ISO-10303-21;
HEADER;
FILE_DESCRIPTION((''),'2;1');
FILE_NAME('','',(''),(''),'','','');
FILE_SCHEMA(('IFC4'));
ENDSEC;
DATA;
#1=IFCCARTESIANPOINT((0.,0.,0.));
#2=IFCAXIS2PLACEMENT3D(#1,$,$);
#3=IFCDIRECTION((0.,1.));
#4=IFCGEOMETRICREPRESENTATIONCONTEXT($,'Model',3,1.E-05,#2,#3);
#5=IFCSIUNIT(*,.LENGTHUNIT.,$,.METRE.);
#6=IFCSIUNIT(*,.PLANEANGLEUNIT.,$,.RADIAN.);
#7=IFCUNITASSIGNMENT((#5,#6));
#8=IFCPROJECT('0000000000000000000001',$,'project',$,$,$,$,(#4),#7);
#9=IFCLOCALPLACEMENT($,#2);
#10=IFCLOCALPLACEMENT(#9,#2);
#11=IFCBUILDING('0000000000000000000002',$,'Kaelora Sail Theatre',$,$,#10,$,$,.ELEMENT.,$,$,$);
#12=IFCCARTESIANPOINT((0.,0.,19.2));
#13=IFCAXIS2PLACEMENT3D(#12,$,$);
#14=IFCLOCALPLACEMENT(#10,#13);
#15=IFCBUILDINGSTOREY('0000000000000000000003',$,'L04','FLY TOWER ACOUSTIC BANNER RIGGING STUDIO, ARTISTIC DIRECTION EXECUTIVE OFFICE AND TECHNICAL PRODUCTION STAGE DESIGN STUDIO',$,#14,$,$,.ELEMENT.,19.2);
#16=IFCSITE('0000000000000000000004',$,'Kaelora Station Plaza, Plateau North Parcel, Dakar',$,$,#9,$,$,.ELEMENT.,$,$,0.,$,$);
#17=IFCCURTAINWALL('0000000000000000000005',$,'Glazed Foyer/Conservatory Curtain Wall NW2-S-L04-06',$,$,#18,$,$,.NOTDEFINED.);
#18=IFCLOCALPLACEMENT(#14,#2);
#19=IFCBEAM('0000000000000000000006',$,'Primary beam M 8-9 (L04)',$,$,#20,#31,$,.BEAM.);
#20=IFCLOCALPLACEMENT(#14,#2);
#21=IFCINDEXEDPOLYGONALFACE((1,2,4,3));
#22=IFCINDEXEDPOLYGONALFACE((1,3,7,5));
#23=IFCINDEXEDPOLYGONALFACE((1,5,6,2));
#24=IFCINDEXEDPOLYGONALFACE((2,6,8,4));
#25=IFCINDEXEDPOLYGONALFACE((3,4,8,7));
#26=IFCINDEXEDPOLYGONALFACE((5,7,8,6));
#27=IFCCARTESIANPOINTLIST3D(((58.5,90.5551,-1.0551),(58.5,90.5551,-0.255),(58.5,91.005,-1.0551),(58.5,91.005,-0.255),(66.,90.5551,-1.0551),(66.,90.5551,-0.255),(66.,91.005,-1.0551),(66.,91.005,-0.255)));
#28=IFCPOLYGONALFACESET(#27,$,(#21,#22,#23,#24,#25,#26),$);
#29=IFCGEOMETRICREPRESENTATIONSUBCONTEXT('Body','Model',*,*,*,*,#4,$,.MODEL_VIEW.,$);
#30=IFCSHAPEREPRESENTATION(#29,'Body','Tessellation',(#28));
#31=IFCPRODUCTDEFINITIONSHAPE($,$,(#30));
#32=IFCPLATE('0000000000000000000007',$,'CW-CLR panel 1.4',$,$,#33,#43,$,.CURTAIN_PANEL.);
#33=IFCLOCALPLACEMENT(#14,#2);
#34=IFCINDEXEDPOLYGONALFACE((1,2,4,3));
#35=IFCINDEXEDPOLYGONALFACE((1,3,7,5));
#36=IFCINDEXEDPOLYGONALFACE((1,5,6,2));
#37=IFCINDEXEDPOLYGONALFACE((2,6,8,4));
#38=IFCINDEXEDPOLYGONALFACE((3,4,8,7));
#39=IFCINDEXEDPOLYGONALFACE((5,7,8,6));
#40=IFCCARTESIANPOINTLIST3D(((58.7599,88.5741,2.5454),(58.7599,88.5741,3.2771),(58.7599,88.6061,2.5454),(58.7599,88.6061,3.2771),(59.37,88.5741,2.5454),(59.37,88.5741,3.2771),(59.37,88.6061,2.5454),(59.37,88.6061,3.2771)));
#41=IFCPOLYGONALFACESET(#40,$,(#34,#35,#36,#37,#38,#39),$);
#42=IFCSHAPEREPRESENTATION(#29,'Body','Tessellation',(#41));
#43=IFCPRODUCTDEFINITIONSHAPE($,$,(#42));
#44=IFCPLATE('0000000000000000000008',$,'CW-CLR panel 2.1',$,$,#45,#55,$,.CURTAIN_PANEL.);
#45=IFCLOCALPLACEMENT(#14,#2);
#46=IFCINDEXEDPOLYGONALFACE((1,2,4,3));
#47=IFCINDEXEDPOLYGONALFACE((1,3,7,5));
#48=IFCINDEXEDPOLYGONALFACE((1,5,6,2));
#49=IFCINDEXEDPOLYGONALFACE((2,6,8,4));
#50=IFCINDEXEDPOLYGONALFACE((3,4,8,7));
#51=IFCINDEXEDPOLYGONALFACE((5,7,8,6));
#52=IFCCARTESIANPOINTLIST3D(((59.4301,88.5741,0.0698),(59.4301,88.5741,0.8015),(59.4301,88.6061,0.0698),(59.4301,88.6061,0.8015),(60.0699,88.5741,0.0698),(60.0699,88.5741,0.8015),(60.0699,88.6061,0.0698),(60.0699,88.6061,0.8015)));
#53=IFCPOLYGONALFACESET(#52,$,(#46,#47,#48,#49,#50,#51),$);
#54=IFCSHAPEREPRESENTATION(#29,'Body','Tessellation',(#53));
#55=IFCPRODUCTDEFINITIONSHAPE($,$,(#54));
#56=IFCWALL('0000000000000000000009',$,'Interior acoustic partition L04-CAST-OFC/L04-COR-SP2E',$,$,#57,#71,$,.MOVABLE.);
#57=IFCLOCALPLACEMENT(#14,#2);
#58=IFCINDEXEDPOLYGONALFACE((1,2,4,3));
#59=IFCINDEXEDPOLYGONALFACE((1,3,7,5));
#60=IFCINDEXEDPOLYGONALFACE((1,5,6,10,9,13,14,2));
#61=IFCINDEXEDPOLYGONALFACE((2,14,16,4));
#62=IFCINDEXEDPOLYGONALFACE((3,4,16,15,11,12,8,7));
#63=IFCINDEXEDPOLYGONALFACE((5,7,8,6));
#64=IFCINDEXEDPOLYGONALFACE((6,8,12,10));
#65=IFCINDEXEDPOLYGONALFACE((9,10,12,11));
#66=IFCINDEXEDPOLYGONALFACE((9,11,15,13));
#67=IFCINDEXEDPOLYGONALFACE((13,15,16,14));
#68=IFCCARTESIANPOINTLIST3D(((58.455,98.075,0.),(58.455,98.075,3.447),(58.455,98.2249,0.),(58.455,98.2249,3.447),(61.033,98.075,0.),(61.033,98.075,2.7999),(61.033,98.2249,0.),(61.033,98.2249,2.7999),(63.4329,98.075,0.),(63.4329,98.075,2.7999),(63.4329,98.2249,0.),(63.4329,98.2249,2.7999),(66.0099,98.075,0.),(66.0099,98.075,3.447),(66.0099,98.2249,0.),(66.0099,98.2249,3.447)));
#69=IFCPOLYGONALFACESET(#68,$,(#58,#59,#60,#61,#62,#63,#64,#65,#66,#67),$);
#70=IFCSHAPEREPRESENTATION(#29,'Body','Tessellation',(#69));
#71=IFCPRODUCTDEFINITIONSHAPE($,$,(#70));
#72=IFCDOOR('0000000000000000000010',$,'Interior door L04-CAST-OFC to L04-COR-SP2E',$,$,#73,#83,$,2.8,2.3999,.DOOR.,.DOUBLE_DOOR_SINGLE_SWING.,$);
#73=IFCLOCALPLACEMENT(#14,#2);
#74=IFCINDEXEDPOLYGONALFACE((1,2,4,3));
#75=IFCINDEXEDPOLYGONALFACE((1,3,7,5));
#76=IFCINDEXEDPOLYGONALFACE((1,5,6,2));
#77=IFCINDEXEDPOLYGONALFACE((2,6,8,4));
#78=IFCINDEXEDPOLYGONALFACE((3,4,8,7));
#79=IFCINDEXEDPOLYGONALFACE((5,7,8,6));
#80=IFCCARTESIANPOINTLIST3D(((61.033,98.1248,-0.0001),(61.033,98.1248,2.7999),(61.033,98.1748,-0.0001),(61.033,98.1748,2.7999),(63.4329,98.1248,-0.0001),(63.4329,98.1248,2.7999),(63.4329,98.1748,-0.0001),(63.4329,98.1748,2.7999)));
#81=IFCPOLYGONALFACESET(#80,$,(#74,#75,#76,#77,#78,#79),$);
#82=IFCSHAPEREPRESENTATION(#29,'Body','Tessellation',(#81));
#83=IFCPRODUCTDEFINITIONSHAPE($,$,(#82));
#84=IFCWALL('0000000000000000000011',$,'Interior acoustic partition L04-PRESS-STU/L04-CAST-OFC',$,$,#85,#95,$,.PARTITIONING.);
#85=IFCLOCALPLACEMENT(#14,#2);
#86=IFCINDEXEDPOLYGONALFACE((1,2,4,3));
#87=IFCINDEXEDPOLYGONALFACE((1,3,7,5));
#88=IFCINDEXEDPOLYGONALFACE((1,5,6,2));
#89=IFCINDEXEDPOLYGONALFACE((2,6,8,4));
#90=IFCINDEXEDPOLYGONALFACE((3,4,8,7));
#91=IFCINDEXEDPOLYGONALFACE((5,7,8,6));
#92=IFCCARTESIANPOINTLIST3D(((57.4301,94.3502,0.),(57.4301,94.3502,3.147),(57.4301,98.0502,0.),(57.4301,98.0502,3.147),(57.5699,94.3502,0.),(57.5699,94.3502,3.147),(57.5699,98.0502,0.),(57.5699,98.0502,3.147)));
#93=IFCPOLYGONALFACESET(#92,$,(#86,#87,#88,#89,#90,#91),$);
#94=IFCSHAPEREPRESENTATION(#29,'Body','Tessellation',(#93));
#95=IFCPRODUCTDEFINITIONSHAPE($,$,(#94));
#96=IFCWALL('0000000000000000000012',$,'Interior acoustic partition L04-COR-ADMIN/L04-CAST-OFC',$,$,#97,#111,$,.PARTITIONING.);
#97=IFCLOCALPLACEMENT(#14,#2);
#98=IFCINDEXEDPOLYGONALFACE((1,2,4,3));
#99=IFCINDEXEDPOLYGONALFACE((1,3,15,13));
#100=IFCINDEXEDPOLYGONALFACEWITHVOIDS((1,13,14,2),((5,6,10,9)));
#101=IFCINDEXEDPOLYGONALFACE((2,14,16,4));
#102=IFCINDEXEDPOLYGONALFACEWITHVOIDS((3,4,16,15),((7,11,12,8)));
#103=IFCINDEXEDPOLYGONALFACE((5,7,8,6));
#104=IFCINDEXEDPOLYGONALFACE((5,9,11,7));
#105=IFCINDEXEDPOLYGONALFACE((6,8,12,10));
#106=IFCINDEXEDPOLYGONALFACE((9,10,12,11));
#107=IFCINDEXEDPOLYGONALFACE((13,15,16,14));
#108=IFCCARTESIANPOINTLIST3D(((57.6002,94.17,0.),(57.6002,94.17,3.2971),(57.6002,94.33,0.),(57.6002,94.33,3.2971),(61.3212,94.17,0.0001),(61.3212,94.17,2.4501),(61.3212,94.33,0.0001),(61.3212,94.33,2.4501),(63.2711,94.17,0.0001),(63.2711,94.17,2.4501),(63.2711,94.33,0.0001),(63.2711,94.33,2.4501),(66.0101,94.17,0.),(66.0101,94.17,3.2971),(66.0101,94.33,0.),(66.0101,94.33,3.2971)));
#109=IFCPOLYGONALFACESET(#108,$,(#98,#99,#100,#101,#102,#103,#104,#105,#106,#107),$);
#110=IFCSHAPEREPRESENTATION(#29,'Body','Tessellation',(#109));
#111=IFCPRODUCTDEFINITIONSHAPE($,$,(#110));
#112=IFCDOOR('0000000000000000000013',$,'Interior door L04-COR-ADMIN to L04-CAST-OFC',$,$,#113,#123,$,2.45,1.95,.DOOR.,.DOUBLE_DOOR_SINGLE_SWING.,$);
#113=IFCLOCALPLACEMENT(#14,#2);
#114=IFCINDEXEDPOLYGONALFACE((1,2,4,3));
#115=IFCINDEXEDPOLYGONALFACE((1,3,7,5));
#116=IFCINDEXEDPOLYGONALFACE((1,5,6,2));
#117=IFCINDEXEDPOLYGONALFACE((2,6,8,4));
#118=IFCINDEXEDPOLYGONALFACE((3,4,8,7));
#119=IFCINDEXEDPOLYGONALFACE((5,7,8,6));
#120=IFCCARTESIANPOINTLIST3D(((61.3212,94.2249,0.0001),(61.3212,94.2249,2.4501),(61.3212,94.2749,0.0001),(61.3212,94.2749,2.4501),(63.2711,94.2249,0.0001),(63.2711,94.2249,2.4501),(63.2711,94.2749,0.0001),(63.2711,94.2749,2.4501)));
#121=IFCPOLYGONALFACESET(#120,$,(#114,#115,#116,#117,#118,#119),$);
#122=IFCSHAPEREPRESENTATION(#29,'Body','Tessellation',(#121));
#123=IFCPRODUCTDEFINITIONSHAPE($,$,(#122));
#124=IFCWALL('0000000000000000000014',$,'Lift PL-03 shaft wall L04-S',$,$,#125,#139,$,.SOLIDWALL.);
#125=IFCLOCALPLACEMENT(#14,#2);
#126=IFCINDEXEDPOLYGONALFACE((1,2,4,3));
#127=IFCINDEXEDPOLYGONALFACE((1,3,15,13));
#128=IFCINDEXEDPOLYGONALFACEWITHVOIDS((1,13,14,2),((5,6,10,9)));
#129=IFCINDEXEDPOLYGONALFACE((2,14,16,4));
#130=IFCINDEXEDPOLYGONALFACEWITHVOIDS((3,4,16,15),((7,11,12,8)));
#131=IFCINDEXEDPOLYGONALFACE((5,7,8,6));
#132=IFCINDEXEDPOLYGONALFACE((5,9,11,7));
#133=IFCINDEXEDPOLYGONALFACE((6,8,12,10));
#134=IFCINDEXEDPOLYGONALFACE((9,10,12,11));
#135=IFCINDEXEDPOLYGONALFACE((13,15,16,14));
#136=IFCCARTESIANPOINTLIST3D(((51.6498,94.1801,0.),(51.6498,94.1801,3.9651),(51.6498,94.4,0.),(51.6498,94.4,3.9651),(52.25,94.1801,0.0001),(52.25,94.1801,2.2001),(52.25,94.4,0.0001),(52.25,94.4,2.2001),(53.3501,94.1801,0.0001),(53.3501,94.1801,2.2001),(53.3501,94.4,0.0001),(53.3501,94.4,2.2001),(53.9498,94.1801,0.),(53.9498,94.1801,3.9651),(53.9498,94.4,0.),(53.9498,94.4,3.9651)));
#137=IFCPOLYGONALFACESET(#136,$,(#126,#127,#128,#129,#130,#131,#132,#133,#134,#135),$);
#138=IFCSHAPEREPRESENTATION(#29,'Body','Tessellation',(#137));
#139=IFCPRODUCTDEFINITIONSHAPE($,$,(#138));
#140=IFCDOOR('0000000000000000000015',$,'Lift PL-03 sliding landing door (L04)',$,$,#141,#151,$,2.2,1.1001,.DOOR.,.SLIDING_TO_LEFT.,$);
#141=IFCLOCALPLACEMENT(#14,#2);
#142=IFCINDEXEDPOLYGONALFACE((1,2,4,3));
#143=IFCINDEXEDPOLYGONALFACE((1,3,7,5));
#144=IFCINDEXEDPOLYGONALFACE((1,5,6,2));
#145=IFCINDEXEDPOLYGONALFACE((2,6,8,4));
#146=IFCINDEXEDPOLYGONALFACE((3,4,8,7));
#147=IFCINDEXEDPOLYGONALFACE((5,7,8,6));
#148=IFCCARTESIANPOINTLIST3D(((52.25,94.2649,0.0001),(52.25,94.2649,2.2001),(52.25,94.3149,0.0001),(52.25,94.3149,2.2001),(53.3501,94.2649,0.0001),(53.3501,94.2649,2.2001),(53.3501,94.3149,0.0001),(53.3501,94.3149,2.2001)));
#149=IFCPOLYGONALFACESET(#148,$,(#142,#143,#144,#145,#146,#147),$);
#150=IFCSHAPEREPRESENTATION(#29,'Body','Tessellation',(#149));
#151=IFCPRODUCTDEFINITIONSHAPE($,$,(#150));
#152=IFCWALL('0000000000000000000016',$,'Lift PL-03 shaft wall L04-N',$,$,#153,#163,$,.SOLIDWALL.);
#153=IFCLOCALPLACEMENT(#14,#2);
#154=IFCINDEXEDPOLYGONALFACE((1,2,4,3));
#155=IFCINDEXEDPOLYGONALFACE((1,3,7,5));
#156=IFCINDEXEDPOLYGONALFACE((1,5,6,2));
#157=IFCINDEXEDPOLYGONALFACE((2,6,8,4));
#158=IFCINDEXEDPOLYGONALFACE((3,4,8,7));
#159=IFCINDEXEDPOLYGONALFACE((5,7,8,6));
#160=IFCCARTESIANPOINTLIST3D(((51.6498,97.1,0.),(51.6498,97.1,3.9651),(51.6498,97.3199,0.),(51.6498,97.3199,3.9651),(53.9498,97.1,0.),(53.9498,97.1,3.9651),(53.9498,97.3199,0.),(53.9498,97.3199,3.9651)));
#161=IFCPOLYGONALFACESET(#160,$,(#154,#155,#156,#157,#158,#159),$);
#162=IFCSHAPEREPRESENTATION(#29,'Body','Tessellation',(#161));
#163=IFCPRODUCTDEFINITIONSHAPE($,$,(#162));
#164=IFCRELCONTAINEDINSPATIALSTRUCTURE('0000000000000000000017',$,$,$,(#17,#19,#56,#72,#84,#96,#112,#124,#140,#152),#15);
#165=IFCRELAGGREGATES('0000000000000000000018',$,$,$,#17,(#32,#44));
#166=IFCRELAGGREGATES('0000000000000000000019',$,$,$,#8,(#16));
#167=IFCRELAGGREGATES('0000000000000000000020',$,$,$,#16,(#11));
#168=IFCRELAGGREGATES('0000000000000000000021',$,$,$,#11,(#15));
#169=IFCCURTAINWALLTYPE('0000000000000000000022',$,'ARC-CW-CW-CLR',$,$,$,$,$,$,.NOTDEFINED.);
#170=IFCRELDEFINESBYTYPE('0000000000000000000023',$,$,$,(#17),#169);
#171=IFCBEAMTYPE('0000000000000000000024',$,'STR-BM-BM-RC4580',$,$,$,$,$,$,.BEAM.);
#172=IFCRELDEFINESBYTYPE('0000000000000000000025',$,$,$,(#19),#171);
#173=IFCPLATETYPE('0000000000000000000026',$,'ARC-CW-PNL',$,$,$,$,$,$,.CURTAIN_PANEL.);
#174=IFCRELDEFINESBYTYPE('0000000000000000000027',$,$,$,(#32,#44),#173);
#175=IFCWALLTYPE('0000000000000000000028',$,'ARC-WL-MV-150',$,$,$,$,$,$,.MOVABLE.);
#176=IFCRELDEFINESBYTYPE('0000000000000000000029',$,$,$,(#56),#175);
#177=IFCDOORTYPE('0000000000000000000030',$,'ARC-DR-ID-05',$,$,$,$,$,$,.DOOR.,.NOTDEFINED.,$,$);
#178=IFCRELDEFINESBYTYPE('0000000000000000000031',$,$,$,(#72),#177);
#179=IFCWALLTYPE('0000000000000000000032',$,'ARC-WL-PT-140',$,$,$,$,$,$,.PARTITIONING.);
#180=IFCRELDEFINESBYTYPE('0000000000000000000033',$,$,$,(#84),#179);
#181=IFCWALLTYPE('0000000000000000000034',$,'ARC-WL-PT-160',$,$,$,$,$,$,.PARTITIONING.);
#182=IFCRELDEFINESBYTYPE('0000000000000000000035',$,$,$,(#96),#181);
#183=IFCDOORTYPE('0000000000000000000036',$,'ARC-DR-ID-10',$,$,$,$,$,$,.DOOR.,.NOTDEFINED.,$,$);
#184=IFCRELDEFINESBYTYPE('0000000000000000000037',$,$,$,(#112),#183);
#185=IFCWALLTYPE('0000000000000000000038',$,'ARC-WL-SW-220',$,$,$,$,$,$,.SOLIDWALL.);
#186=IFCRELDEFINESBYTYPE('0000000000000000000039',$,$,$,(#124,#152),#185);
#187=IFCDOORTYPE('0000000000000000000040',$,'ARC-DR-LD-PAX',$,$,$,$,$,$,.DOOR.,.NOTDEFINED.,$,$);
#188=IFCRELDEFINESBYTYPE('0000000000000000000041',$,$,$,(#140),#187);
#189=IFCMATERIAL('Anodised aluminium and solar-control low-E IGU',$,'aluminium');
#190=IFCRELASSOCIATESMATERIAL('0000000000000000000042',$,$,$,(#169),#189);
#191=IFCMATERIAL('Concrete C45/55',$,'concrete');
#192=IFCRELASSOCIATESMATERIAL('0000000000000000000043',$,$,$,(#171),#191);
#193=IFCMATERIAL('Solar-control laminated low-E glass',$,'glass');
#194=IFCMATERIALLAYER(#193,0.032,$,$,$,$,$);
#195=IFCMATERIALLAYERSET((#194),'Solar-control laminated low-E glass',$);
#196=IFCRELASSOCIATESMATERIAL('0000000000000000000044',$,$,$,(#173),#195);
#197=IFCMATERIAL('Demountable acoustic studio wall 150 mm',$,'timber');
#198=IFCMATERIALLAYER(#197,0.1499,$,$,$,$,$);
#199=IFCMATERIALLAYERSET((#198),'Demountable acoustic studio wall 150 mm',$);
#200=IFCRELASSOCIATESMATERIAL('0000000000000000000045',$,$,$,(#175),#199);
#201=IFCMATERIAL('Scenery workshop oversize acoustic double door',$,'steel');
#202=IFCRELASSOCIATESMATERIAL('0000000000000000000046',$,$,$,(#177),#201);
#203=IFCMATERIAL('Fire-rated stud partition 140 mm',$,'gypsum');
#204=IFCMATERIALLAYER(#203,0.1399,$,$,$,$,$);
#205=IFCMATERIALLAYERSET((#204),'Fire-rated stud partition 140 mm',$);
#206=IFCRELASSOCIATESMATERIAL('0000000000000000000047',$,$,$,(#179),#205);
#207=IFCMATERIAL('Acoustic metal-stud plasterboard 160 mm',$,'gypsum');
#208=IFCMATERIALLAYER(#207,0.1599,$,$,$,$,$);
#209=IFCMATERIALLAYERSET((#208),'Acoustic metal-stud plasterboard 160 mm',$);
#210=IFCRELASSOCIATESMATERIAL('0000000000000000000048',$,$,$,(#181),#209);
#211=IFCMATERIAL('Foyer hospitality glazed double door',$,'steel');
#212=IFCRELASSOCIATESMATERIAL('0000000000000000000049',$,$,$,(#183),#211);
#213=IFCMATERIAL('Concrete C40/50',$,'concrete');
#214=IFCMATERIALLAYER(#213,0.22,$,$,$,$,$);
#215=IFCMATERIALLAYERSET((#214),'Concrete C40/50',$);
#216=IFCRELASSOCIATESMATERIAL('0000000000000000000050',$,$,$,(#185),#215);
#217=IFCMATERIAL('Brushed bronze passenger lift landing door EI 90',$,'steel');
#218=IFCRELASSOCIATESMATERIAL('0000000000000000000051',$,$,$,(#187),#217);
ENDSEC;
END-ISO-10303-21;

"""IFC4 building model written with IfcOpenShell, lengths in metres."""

from ifc_helpers import new_model, si_unit, direction, frame, frame_2d, origin, origin_2d, place, context, subcontext, project, spatial, rectangle, extrude, material, layer, layer_set, material_profile, profile_set, type_object, element, fill, aggregate, save


model = new_model("IFC4")

# Units and contexts
model_context = context("Model", 3, precision=1e-05, world=origin(), true_north=direction((0.0, 1.0)))
body_context = subcontext(model_context, "Body", "Model", "MODEL_VIEW")
ifc_project = project(units=[si_unit("LENGTHUNIT", "METRE"), si_unit("PLANEANGLEUNIT", "RADIAN")], contexts=[model_context])

# Site, building, storey
site_placement = place(None, origin())
site = spatial("IfcSite", under=ifc_project, at=site_placement, Name="Kaelora Station Plaza, Plateau North Parcel, Dakar", CompositionType="ELEMENT", RefElevation=0.0)
building_placement = place(site_placement, origin())
building = spatial("IfcBuilding", under=site, at=building_placement, Name="Kaelora Sail Theatre", CompositionType="ELEMENT")
storey_placement = place(building_placement, frame((0.0, 0.0, 19.2)))
storey = spatial("IfcBuildingStorey", under=building, at=storey_placement, Name="L04", Description="FLY TOWER ACOUSTIC BANNER RIGGING STUDIO, ARTISTIC DIRECTION EXECUTIVE OFFICE AND TECHNICAL PRODUCTION STAGE DESIGN STUDIO", CompositionType="ELEMENT", Elevation=19.2)

# Curtain wall
ifc_material_1 = material(Name="Anodised aluminium and solar-control low-E IGU", Category="aluminium")
curtain_wall_type = type_object("IfcCurtainWallType", Name="ARC-CW-CW-CLR", PredefinedType="NOTDEFINED", material=ifc_material_1)
curtain_wall_placement = place(storey_placement, origin())
curtain_wall = element("IfcCurtainWall", 1, at=curtain_wall_placement, inside=storey, type_object=curtain_wall_type, Name="Glazed Foyer/Conservatory Curtain Wall NW2-S-L04-06", PredefinedType="NOTDEFINED")

# Beam
ifc_material_2 = material(Name="Concrete C45/55", Category="concrete")
ifc_material_profile_1 = material_profile(ifc_material_2, rectangle(XDim=0.45, YDim=0.8, at=origin_2d()), Name="RC-BM 450x800")
ifc_profile_set_1 = profile_set([ifc_material_profile_1], Name="Concrete C45/55")
beam_type_1 = type_object("IfcBeamType", Name="STR-BM-BM-RC4580", PredefinedType="BEAM", material=ifc_profile_set_1)
beam_1_placement = place(storey_placement, frame((58.5, 90.78, -0.655), z_axis=(1.0, 0.0, 0.0), x_axis=(0.0, 1.0, 0.0)))
element("IfcBeam", 2, at=beam_1_placement, inside=storey, type_object=beam_type_1, Name="Primary beam M 8-9 (L04)", PredefinedType="BEAM", context=body_context, shape_type="SweptSolid", body=[
    extrude(rectangle(XDim=0.45, YDim=0.8, at=origin_2d()), origin(), (0.0, 0.0, 1.0), 7.5),
])

# Plates
ifc_material_3 = material(Name="Solar-control laminated low-E glass", Category="glass")
ifc_layer_1 = layer(ifc_material_3, 0.032)
ifc_layer_set_1 = layer_set([ifc_layer_1], Name="Solar-control laminated low-E glass")
plate_type = type_object("IfcPlateType", Name="ARC-CW-PNL", PredefinedType="CURTAIN_PANEL", material=ifc_layer_set_1)
plate_1_placement = place(storey_placement, frame((59.0649, 88.5901, 2.5454), z_axis=(0.0, 0.0, 1.0), x_axis=(1.0, 0.0, 0.0)))
plate_1 = element("IfcPlate", 3, at=plate_1_placement, type_object=plate_type, Name="CW-CLR panel 1.4", PredefinedType="CURTAIN_PANEL", context=body_context, shape_type="SweptSolid", body=[
    extrude(rectangle(XDim=0.6101, YDim=0.032, at=origin_2d()), origin(), (0.0, 0.0, 1.0), 0.7317),
])
plate_2_placement = place(storey_placement, frame((59.75, 88.5901, 0.0698), z_axis=(0.0, 0.0, 1.0), x_axis=(1.0, 0.0, 0.0)))
plate_2 = element("IfcPlate", 4, at=plate_2_placement, type_object=plate_type, Name="CW-CLR panel 2.1", PredefinedType="CURTAIN_PANEL", context=body_context, shape_type="SweptSolid", body=[
    extrude(rectangle(XDim=0.6399, YDim=0.032, at=origin_2d()), origin(), (0.0, 0.0, 1.0), 0.7317),
])
aggregate(curtain_wall, [plate_1, plate_2])

# Wall, opening, door
ifc_material_4 = material(Name="Demountable acoustic studio wall 150 mm", Category="timber")
ifc_layer_2 = layer(ifc_material_4, 0.1499)
ifc_layer_set_2 = layer_set([ifc_layer_2], Name="Demountable acoustic studio wall 150 mm")
wall_type_1 = type_object("IfcWallType", Name="ARC-WL-MV-150", PredefinedType="MOVABLE", material=ifc_layer_set_2)
wall_1_placement = place(storey_placement, frame((58.4551, 98.1499, 0.0), z_axis=(0.0, 0.0, 1.0), x_axis=(1.0, 0.0, 0.0)))
wall_1 = element("IfcWall", 5, at=wall_1_placement, inside=storey, type_object=wall_type_1, Name="Interior acoustic partition L04-CAST-OFC/L04-COR-SP2E", PredefinedType="MOVABLE", context=body_context, shape_type="SweptSolid", body=[
    extrude(rectangle(XDim=7.5549, YDim=0.1499, at=frame_2d((3.7773, 0.0))), origin(), (0.0, 0.0, 1.0), 3.447),
])
opening_1_placement = place(wall_1_placement, frame((2.5779, 0.0, 0.0)))
opening_1 = element("IfcOpeningElement", 6, at=opening_1_placement, cuts=wall_1, PredefinedType="OPENING", context=body_context, shape_type="SweptSolid", body=[
    extrude(rectangle(XDim=2.3999, YDim=2.8, at=frame_2d((1.2, 1.3999))), frame((0.0, 0.085, 0.0), z_axis=(0.0, -1.0, 0.0), x_axis=(1.0, 0.0, 0.0)), (0.0, 0.0, 1.0), 0.1699),
])
ifc_material_5 = material(Name="Scenery workshop oversize acoustic double door", Category="steel")
door_type_1 = type_object("IfcDoorType", Name="ARC-DR-ID-05", OperationType="NOTDEFINED", PredefinedType="DOOR", material=ifc_material_5)
door_1_placement = place(opening_1_placement, origin())
door_1 = element("IfcDoor", 7, at=door_1_placement, inside=storey, type_object=door_type_1, Name="Interior door L04-CAST-OFC to L04-COR-SP2E", OperationType="DOUBLE_DOOR_SINGLE_SWING", OverallHeight=2.8, OverallWidth=2.3999, PredefinedType="DOOR", context=body_context, shape_type="SweptSolid", body=[
    extrude(rectangle(XDim=2.3999, YDim=2.8, at=frame_2d((1.2, 1.3999))), frame((0.0, 0.0249, 0.0), z_axis=(0.0, -1.0, 0.0), x_axis=(1.0, 0.0, 0.0)), (0.0, 0.0, 1.0), 0.05),
])
fill(opening_1, door_1)

# Wall
ifc_material_6 = material(Name="Fire-rated stud partition 140 mm", Category="gypsum")
ifc_layer_3 = layer(ifc_material_6, 0.1399)
ifc_layer_set_3 = layer_set([ifc_layer_3], Name="Fire-rated stud partition 140 mm")
wall_type_2 = type_object("IfcWallType", Name="ARC-WL-PT-140", PredefinedType="PARTITIONING", material=ifc_layer_set_3)
wall_2_placement = place(storey_placement, frame((57.5, 94.3501, 0.0), z_axis=(0.0, 0.0, 1.0), x_axis=(0.0, 1.0, 0.0)))
element("IfcWall", 8, at=wall_2_placement, inside=storey, type_object=wall_type_2, Name="Interior acoustic partition L04-PRESS-STU/L04-CAST-OFC", PredefinedType="PARTITIONING", context=body_context, shape_type="SweptSolid", body=[
    extrude(rectangle(XDim=3.7, YDim=0.1399, at=frame_2d((1.8501, 0.0))), origin(), (0.0, 0.0, 1.0), 3.147),
])

# Walls, openings, doors
ifc_material_7 = material(Name="Acoustic metal-stud plasterboard 160 mm", Category="gypsum")
ifc_layer_4 = layer(ifc_material_7, 0.1599)
ifc_layer_set_4 = layer_set([ifc_layer_4], Name="Acoustic metal-stud plasterboard 160 mm")
wall_type_3 = type_object("IfcWallType", Name="ARC-WL-PT-160", PredefinedType="PARTITIONING", material=ifc_layer_set_4)
wall_3_placement = place(storey_placement, frame((57.6001, 94.25, 0.0), z_axis=(0.0, 0.0, 1.0), x_axis=(1.0, 0.0, 0.0)))
wall_3 = element("IfcWall", 9, at=wall_3_placement, inside=storey, type_object=wall_type_3, Name="Interior acoustic partition L04-COR-ADMIN/L04-CAST-OFC", PredefinedType="PARTITIONING", context=body_context, shape_type="SweptSolid", body=[
    extrude(rectangle(XDim=8.4099, YDim=0.1599, at=frame_2d((4.2051, 0.0))), origin(), (0.0, 0.0, 1.0), 3.2971),
])
opening_2_placement = place(wall_3_placement, frame((3.7209, 0.0, 0.0)))
opening_2 = element("IfcOpeningElement", 10, at=opening_2_placement, cuts=wall_3, PredefinedType="OPENING", context=body_context, shape_type="SweptSolid", body=[
    extrude(rectangle(XDim=1.95, YDim=2.45, at=frame_2d((0.9751, 1.2251))), frame((0.0, 0.0901, 0.0), z_axis=(0.0, -1.0, 0.0), x_axis=(1.0, 0.0, 0.0)), (0.0, 0.0, 1.0), 0.1799),
])
ifc_material_8 = material(Name="Foyer hospitality glazed double door", Category="steel")
door_type_2 = type_object("IfcDoorType", Name="ARC-DR-ID-10", OperationType="NOTDEFINED", PredefinedType="DOOR", material=ifc_material_8)
door_2_placement = place(opening_2_placement, origin())
door_2 = element("IfcDoor", 11, at=door_2_placement, inside=storey, type_object=door_type_2, Name="Interior door L04-COR-ADMIN to L04-CAST-OFC", OperationType="DOUBLE_DOOR_SINGLE_SWING", OverallHeight=2.45, OverallWidth=1.95, PredefinedType="DOOR", context=body_context, shape_type="SweptSolid", body=[
    extrude(rectangle(XDim=1.95, YDim=2.45, at=frame_2d((0.9751, 1.2251))), frame((0.0, 0.0249, 0.0), z_axis=(0.0, -1.0, 0.0), x_axis=(1.0, 0.0, 0.0)), (0.0, 0.0, 1.0), 0.05),
])
fill(opening_2, door_2)
ifc_material_9 = material(Name="Concrete C40/50", Category="concrete")
ifc_layer_5 = layer(ifc_material_9, 0.22)
ifc_layer_set_5 = layer_set([ifc_layer_5], Name="Concrete C40/50")
wall_type_4 = type_object("IfcWallType", Name="ARC-WL-SW-220", PredefinedType="SOLIDWALL", material=ifc_layer_set_5)
wall_4_placement = place(storey_placement, frame((51.6499, 94.29, 0.0), z_axis=(0.0, 0.0, 1.0), x_axis=(1.0, 0.0, 0.0)))
wall_4 = element("IfcWall", 12, at=wall_4_placement, inside=storey, type_object=wall_type_4, Name="Lift PL-03 shaft wall L04-S", PredefinedType="SOLIDWALL", context=body_context, shape_type="SweptSolid", body=[
    extrude(rectangle(XDim=2.3, YDim=0.22, at=frame_2d((1.1499, 0.0))), origin(), (0.0, 0.0, 1.0), 3.9651),
])
opening_3_placement = place(wall_4_placement, frame((0.6001, 0.0, 0.0)))
opening_3 = element("IfcOpeningElement", 13, at=opening_3_placement, cuts=wall_4, PredefinedType="OPENING", context=body_context, shape_type="SweptSolid", body=[
    extrude(rectangle(XDim=1.1001, YDim=2.2, at=frame_2d((0.55, 1.1001))), frame((0.0, 0.1199, 0.0), z_axis=(0.0, -1.0, 0.0), x_axis=(1.0, 0.0, 0.0)), (0.0, 0.0, 1.0), 0.24),
])
ifc_material_10 = material(Name="Brushed bronze passenger lift landing door EI 90", Category="steel")
door_type_3 = type_object("IfcDoorType", Name="ARC-DR-LD-PAX", OperationType="NOTDEFINED", PredefinedType="DOOR", material=ifc_material_10)
door_3_placement = place(opening_3_placement, origin())
door_3 = element("IfcDoor", 14, at=door_3_placement, inside=storey, type_object=door_type_3, Name="Lift PL-03 sliding landing door (L04)", OperationType="SLIDING_TO_LEFT", OverallHeight=2.2, OverallWidth=1.1001, PredefinedType="DOOR", context=body_context, shape_type="SweptSolid", body=[
    extrude(rectangle(XDim=1.1001, YDim=2.2, at=frame_2d((0.55, 1.1001))), frame((0.0, 0.0249, 0.0), z_axis=(0.0, -1.0, 0.0), x_axis=(1.0, 0.0, 0.0)), (0.0, 0.0, 1.0), 0.05),
])
fill(opening_3, door_3)

# Wall
wall_5_placement = place(storey_placement, frame((51.6499, 97.21, 0.0), z_axis=(0.0, 0.0, 1.0), x_axis=(1.0, 0.0, 0.0)))
element("IfcWall", 15, at=wall_5_placement, inside=storey, type_object=wall_type_4, Name="Lift PL-03 shaft wall L04-N", PredefinedType="SOLIDWALL", context=body_context, shape_type="SweptSolid", body=[
    extrude(rectangle(XDim=2.3, YDim=0.22, at=frame_2d((1.1499, 0.0))), origin(), (0.0, 0.0, 1.0), 3.9651),
])

save(model, "model.ifc")
